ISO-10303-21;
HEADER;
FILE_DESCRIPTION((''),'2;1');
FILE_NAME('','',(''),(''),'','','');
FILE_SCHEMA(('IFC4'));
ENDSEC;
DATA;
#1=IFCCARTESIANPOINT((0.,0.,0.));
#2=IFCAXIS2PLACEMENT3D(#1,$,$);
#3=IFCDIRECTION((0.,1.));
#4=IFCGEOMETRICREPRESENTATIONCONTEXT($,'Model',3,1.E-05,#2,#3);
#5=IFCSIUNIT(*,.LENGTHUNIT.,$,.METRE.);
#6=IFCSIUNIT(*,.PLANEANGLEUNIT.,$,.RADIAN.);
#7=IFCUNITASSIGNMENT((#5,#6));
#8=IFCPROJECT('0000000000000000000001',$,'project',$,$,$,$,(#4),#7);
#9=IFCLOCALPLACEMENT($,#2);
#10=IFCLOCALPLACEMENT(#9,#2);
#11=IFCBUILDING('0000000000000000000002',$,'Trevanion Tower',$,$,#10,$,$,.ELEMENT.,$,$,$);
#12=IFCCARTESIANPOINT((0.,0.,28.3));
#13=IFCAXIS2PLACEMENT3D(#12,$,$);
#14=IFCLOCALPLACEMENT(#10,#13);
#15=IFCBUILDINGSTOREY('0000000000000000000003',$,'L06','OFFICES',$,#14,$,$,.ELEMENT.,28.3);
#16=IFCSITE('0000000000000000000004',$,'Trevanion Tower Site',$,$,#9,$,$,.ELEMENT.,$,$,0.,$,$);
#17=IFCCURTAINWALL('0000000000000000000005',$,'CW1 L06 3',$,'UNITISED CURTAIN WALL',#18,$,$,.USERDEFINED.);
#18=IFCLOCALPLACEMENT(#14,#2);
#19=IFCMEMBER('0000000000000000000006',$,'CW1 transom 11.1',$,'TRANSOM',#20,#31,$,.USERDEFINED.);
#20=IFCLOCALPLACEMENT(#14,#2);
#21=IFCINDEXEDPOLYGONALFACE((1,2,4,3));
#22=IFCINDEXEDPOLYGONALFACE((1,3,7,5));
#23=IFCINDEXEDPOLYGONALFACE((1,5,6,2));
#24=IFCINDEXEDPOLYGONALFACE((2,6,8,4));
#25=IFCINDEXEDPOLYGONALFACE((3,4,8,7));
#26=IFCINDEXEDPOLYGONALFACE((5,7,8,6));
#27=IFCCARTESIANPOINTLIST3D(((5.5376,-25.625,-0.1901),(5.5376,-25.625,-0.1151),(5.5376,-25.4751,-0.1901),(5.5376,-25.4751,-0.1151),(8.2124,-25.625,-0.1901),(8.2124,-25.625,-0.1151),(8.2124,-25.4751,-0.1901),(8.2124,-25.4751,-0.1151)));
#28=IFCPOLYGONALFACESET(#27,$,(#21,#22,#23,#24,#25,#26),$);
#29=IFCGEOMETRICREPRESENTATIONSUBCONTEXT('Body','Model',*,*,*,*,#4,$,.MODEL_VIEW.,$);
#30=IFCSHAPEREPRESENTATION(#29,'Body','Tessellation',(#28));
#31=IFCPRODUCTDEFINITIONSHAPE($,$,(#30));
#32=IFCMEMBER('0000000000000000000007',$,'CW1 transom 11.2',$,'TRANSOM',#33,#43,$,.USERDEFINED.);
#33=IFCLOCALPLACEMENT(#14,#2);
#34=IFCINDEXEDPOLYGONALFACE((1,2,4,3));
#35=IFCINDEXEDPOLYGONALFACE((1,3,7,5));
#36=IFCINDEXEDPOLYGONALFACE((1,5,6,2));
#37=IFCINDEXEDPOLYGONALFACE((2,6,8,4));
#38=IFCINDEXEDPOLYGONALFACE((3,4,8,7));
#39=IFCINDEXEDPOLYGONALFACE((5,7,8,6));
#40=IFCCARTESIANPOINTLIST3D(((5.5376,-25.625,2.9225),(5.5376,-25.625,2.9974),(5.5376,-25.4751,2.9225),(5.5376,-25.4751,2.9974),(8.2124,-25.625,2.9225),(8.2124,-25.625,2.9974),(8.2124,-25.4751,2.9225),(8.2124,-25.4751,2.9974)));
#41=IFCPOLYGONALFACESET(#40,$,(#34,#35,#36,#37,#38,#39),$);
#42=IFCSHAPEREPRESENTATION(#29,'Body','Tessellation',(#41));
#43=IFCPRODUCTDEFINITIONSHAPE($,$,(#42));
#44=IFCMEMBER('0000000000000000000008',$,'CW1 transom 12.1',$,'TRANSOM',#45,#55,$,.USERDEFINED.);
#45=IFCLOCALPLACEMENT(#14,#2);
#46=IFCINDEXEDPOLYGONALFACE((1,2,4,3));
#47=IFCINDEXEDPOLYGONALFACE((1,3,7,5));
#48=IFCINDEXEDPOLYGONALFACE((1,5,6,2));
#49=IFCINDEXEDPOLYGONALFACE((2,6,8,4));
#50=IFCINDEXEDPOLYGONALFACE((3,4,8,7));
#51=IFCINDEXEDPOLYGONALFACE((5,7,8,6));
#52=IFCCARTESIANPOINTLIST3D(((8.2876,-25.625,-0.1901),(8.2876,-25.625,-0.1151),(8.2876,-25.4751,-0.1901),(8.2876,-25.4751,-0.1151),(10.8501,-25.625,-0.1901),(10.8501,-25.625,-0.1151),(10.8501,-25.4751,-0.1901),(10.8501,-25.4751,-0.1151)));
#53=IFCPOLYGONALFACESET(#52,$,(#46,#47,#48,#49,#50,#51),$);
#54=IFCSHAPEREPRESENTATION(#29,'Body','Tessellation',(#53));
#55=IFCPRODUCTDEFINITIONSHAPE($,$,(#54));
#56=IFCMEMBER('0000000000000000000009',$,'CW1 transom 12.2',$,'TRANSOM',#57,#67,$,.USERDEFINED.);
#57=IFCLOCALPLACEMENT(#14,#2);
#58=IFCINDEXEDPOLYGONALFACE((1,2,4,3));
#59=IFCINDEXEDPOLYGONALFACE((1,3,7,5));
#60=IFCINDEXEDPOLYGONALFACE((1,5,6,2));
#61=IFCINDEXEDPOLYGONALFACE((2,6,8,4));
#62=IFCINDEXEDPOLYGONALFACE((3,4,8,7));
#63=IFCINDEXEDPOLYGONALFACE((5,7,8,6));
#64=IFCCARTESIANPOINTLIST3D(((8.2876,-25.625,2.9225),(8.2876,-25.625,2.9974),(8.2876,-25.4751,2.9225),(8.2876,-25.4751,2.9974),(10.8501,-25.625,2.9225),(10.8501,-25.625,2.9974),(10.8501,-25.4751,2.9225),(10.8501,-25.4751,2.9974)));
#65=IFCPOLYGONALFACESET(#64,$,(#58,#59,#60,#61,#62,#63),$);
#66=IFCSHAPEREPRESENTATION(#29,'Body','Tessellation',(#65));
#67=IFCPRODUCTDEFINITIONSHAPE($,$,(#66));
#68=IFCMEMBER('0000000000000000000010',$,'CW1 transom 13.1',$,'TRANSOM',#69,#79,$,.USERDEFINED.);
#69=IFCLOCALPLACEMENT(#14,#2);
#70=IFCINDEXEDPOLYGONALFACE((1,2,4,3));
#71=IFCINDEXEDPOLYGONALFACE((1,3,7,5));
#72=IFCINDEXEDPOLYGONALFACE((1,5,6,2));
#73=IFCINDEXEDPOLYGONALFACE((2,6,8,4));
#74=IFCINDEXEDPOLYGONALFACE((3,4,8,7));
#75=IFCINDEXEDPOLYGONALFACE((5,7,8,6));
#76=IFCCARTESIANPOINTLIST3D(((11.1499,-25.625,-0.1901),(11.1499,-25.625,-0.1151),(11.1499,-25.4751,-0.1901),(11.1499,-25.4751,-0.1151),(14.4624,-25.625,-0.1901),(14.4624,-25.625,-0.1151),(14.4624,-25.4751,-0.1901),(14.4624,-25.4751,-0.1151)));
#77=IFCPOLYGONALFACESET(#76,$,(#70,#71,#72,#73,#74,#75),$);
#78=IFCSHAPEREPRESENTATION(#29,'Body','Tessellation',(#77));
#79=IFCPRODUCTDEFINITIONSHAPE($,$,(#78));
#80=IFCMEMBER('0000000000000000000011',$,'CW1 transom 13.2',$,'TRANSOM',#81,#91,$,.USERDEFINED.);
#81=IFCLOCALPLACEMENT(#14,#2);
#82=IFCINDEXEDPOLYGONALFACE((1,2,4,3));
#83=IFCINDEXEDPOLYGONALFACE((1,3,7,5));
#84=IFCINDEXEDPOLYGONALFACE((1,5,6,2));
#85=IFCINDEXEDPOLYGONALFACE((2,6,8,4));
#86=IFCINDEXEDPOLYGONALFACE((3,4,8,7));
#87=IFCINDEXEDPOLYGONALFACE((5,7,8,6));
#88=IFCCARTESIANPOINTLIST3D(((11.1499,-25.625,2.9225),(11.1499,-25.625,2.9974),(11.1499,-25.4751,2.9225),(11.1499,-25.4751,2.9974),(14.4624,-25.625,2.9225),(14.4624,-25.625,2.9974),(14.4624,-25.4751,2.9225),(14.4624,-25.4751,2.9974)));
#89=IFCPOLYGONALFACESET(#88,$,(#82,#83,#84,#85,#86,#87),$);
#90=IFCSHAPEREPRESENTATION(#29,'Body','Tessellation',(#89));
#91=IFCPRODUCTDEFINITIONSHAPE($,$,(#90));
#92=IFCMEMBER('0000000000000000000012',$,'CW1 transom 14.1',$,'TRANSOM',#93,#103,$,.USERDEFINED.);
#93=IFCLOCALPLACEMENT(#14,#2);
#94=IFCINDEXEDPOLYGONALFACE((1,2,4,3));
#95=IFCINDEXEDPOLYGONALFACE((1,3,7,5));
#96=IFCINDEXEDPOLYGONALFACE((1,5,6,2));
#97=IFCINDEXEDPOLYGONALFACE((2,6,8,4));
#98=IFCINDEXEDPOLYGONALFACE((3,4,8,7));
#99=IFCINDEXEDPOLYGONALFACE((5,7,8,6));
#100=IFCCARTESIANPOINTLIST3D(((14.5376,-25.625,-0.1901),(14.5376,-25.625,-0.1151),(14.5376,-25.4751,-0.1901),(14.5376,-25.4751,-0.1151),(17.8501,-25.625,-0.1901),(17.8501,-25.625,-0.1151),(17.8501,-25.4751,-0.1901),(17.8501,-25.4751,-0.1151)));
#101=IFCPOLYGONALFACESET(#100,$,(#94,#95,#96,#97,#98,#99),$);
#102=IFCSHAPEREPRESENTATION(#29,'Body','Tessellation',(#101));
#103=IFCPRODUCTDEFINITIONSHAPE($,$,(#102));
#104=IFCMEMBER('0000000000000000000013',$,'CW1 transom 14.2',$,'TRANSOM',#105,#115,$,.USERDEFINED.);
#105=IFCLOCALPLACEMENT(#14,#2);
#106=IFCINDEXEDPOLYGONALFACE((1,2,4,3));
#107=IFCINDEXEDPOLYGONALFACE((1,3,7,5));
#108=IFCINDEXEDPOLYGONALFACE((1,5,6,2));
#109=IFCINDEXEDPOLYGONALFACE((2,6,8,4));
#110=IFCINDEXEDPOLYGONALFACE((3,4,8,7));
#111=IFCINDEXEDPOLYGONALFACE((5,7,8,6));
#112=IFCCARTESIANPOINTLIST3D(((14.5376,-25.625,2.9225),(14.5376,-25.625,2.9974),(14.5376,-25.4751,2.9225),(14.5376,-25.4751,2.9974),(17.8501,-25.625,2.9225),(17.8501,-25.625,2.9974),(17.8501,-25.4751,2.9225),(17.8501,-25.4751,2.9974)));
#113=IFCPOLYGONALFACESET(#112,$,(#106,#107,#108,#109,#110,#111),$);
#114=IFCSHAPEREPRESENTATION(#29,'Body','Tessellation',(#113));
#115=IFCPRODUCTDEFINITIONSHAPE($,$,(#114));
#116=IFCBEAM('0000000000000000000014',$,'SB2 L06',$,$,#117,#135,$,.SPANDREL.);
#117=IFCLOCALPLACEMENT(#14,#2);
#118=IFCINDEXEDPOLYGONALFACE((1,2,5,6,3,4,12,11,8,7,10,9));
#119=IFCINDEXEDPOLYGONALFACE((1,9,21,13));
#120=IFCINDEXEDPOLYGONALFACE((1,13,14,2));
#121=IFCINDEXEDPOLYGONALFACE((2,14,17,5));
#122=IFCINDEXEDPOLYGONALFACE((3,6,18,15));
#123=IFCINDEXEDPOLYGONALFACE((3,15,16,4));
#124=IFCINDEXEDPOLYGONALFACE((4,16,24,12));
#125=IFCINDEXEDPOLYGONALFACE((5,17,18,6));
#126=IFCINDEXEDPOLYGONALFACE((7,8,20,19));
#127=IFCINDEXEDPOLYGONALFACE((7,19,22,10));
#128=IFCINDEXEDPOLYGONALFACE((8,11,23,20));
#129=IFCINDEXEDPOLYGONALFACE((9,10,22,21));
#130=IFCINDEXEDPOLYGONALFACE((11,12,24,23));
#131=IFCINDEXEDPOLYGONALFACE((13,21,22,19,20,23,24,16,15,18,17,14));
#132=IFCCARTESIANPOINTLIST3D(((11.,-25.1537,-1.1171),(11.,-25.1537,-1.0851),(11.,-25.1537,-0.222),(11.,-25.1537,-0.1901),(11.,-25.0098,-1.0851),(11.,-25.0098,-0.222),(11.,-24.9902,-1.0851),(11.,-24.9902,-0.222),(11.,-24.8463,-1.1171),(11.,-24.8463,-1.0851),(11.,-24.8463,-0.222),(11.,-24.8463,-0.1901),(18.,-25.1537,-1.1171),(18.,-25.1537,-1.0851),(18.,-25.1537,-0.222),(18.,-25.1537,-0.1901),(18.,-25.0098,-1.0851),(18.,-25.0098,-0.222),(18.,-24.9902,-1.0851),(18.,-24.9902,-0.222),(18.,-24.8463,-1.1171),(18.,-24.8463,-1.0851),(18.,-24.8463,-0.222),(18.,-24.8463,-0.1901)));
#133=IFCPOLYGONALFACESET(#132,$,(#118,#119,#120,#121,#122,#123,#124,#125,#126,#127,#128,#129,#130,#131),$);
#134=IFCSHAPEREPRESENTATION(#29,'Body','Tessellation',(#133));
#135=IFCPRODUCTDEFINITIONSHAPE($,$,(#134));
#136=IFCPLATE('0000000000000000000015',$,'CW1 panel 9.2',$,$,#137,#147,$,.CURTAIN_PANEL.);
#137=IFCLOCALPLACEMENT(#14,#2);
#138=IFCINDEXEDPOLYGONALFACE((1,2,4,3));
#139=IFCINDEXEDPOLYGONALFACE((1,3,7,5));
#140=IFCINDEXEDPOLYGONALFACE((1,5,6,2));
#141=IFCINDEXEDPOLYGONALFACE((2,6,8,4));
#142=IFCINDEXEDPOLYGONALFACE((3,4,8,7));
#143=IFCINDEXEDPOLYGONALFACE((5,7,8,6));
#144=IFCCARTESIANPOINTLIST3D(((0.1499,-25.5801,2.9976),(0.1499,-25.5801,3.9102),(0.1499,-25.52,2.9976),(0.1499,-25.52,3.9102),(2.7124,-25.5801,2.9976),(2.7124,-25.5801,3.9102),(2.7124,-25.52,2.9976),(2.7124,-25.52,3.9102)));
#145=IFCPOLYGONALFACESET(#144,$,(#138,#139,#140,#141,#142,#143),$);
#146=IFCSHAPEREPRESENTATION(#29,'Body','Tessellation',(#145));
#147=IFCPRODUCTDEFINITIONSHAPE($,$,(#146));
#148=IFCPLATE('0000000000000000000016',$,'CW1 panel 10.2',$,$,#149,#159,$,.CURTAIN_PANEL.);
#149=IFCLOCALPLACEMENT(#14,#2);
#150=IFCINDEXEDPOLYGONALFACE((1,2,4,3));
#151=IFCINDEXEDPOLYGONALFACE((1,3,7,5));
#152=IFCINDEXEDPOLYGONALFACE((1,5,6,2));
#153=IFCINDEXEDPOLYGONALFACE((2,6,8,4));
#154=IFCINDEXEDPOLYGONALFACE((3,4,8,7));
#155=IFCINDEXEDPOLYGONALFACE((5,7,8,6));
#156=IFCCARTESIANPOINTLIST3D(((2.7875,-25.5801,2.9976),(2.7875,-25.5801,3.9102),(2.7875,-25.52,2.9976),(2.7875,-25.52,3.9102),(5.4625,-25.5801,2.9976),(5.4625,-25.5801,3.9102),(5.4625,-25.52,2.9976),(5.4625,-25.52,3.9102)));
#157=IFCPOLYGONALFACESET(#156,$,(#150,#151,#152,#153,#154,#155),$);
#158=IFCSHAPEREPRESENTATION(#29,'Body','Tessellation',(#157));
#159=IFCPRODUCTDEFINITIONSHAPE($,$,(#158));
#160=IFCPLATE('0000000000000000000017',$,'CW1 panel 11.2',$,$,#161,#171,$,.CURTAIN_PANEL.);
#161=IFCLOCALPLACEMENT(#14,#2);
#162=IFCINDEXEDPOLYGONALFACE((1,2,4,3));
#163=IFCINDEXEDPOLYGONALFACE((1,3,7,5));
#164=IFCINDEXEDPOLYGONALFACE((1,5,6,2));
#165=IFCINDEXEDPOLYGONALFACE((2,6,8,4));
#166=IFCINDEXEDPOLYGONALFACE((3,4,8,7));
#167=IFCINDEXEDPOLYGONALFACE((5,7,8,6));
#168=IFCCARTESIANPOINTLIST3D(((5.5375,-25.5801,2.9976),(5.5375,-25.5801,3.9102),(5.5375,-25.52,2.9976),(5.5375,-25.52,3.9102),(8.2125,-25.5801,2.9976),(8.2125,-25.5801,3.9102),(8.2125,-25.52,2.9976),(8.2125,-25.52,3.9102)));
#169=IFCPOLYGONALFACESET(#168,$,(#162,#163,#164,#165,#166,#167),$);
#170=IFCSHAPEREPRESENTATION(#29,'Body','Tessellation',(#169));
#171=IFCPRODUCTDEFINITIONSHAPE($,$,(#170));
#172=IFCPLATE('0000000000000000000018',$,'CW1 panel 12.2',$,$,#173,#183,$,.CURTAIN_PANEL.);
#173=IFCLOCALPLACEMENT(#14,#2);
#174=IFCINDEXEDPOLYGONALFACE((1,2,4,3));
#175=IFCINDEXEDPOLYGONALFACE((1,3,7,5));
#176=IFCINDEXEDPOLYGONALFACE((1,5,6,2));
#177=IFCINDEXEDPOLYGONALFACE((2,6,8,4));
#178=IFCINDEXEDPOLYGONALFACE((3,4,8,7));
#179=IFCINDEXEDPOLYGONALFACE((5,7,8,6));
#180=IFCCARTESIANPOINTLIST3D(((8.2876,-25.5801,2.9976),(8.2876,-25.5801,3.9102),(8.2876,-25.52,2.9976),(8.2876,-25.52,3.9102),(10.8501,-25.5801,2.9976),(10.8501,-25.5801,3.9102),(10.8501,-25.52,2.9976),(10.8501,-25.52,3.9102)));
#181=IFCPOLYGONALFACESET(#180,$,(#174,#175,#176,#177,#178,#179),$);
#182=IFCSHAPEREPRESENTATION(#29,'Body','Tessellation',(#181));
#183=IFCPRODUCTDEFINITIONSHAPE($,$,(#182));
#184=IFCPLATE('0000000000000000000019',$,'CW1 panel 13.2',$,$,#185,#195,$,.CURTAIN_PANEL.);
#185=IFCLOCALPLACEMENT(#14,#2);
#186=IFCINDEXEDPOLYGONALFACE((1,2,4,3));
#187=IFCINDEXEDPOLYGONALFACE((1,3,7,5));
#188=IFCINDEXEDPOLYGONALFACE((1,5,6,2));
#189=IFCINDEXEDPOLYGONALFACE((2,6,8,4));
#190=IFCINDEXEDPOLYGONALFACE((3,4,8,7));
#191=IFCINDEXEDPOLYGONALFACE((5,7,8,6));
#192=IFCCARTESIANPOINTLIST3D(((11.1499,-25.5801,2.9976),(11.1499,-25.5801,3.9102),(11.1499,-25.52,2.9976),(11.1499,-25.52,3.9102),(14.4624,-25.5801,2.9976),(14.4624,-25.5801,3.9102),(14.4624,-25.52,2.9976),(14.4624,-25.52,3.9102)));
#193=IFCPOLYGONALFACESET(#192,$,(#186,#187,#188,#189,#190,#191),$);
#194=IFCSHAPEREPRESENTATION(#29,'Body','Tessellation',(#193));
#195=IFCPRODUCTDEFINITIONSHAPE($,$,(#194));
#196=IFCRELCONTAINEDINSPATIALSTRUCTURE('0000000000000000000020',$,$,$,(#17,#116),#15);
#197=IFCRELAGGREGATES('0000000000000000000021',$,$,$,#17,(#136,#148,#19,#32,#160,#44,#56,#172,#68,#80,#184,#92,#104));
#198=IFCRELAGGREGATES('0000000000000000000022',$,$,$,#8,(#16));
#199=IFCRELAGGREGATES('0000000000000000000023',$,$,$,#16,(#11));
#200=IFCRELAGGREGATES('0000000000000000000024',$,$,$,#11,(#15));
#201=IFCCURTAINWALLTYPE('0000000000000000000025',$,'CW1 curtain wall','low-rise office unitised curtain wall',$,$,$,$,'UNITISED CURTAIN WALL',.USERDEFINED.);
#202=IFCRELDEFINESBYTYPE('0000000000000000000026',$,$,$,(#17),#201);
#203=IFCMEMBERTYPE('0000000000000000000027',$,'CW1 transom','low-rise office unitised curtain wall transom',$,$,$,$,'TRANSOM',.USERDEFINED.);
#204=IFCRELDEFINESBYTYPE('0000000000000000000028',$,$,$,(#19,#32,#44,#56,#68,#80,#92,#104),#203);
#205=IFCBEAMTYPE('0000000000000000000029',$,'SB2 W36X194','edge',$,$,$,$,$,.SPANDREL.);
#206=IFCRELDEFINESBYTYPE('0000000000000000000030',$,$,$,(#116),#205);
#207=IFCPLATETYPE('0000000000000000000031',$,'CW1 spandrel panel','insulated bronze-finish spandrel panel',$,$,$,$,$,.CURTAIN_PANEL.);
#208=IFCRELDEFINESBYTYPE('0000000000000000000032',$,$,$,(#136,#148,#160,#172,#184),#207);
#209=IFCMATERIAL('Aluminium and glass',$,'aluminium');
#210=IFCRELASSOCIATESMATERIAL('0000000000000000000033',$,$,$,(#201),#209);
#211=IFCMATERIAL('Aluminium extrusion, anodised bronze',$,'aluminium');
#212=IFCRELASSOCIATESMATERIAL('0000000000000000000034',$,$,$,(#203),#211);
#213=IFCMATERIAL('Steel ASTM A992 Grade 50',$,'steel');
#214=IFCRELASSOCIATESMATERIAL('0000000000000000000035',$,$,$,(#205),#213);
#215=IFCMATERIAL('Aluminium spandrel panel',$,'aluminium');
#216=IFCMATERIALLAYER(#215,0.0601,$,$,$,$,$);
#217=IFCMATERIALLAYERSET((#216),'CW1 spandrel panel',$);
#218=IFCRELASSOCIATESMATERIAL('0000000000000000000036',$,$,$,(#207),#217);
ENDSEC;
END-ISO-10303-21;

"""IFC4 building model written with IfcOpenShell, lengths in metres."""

from ifc_helpers import new_model, si_unit, direction, frame, origin, origin_2d, place, context, subcontext, project, spatial, rectangle, i_section, extrude, material, layer, layer_set, material_profile, profile_set, type_object, element, aggregate, save


model = new_model("IFC4")

# Units and contexts
model_context = context("Model", 3, precision=1e-05, world=origin(), true_north=direction((0.0, 1.0)))
body_context = subcontext(model_context, "Body", "Model", "MODEL_VIEW")
ifc_project = project(units=[si_unit("LENGTHUNIT", "METRE"), si_unit("PLANEANGLEUNIT", "RADIAN")], contexts=[model_context])

# Site, building, storey
site_placement = place(None, origin())
site = spatial("IfcSite", under=ifc_project, at=site_placement, Name="Trevanion Tower Site", CompositionType="ELEMENT", RefElevation=0.0)
building_placement = place(site_placement, origin())
building = spatial("IfcBuilding", under=site, at=building_placement, Name="Trevanion Tower", CompositionType="ELEMENT")
storey_placement = place(building_placement, frame((0.0, 0.0, 28.3)))
storey = spatial("IfcBuildingStorey", under=building, at=storey_placement, Name="L06", Description="OFFICES", CompositionType="ELEMENT", Elevation=28.3)

# Curtain wall, members
ifc_material_1 = material(Name="Aluminium and glass", Category="aluminium")
curtain_wall_type = type_object("IfcCurtainWallType", Name="CW1 curtain wall", Description="low-rise office unitised curtain wall", ElementType="UNITISED CURTAIN WALL", PredefinedType="USERDEFINED", material=ifc_material_1)
curtain_wall_placement = place(storey_placement, origin())
curtain_wall = element("IfcCurtainWall", 1, at=curtain_wall_placement, inside=storey, type_object=curtain_wall_type, Name="CW1 L06 3", ObjectType="UNITISED CURTAIN WALL", PredefinedType="USERDEFINED")
ifc_material_2 = material(Name="Aluminium extrusion, anodised bronze", Category="aluminium")
ifc_material_profile_1 = material_profile(ifc_material_2, rectangle(XDim=0.1499, YDim=0.075, at=origin_2d()), Name="CW1 transom")
ifc_profile_set_1 = profile_set([ifc_material_profile_1], Name="Aluminium extrusion, anodised bronze")
member_type_1 = type_object("IfcMemberType", Name="CW1 transom", Description="low-rise office unitised curtain wall transom", ElementType="TRANSOM", PredefinedType="USERDEFINED", material=ifc_profile_set_1)
member_1_placement = place(storey_placement, frame((5.5376, -25.55, -0.1526), z_axis=(1.0, 0.0, 0.0), x_axis=(0.0, 1.0, 0.0)))
member_1 = element("IfcMember", 2, at=member_1_placement, type_object=member_type_1, Name="CW1 transom 11.1", ObjectType="TRANSOM", PredefinedType="USERDEFINED", context=body_context, shape_type="SweptSolid", body=[
    extrude(rectangle(XDim=0.1499, YDim=0.075, at=origin_2d()), origin(), (0.0, 0.0, 1.0), 2.6748),
])
member_2_placement = place(storey_placement, frame((5.5376, -25.55, 2.96), z_axis=(1.0, 0.0, 0.0), x_axis=(0.0, 1.0, 0.0)))
member_2 = element("IfcMember", 3, at=member_2_placement, type_object=member_type_1, Name="CW1 transom 11.2", ObjectType="TRANSOM", PredefinedType="USERDEFINED", context=body_context, shape_type="SweptSolid", body=[
    extrude(rectangle(XDim=0.1499, YDim=0.075, at=origin_2d()), origin(), (0.0, 0.0, 1.0), 2.6748),
])
member_3_placement = place(storey_placement, frame((8.2876, -25.55, -0.1526), z_axis=(1.0, 0.0, 0.0), x_axis=(0.0, 1.0, 0.0)))
member_3 = element("IfcMember", 4, at=member_3_placement, type_object=member_type_1, Name="CW1 transom 12.1", ObjectType="TRANSOM", PredefinedType="USERDEFINED", context=body_context, shape_type="SweptSolid", body=[
    extrude(rectangle(XDim=0.1499, YDim=0.075, at=origin_2d()), origin(), (0.0, 0.0, 1.0), 2.5625),
])
member_4_placement = place(storey_placement, frame((8.2876, -25.55, 2.96), z_axis=(1.0, 0.0, 0.0), x_axis=(0.0, 1.0, 0.0)))
member_4 = element("IfcMember", 5, at=member_4_placement, type_object=member_type_1, Name="CW1 transom 12.2", ObjectType="TRANSOM", PredefinedType="USERDEFINED", context=body_context, shape_type="SweptSolid", body=[
    extrude(rectangle(XDim=0.1499, YDim=0.075, at=origin_2d()), origin(), (0.0, 0.0, 1.0), 2.5625),
])
member_5_placement = place(storey_placement, frame((11.1499, -25.55, -0.1526), z_axis=(1.0, 0.0, 0.0), x_axis=(0.0, 1.0, 0.0)))
member_5 = element("IfcMember", 6, at=member_5_placement, type_object=member_type_1, Name="CW1 transom 13.1", ObjectType="TRANSOM", PredefinedType="USERDEFINED", context=body_context, shape_type="SweptSolid", body=[
    extrude(rectangle(XDim=0.1499, YDim=0.075, at=origin_2d()), origin(), (0.0, 0.0, 1.0), 3.3125),
])
member_6_placement = place(storey_placement, frame((11.1499, -25.55, 2.96), z_axis=(1.0, 0.0, 0.0), x_axis=(0.0, 1.0, 0.0)))
member_6 = element("IfcMember", 7, at=member_6_placement, type_object=member_type_1, Name="CW1 transom 13.2", ObjectType="TRANSOM", PredefinedType="USERDEFINED", context=body_context, shape_type="SweptSolid", body=[
    extrude(rectangle(XDim=0.1499, YDim=0.075, at=origin_2d()), origin(), (0.0, 0.0, 1.0), 3.3125),
])
member_7_placement = place(storey_placement, frame((14.5376, -25.55, -0.1526), z_axis=(1.0, 0.0, 0.0), x_axis=(0.0, 1.0, 0.0)))
member_7 = element("IfcMember", 8, at=member_7_placement, type_object=member_type_1, Name="CW1 transom 14.1", ObjectType="TRANSOM", PredefinedType="USERDEFINED", context=body_context, shape_type="SweptSolid", body=[
    extrude(rectangle(XDim=0.1499, YDim=0.075, at=origin_2d()), origin(), (0.0, 0.0, 1.0), 3.3125),
])
member_8_placement = place(storey_placement, frame((14.5376, -25.55, 2.96), z_axis=(1.0, 0.0, 0.0), x_axis=(0.0, 1.0, 0.0)))
member_8 = element("IfcMember", 9, at=member_8_placement, type_object=member_type_1, Name="CW1 transom 14.2", ObjectType="TRANSOM", PredefinedType="USERDEFINED", context=body_context, shape_type="SweptSolid", body=[
    extrude(rectangle(XDim=0.1499, YDim=0.075, at=origin_2d()), origin(), (0.0, 0.0, 1.0), 3.3125),
])

# Beam
ifc_material_3 = material(Name="Steel ASTM A992 Grade 50", Category="steel")
ifc_material_profile_2 = material_profile(ifc_material_3, i_section(OverallWidth=0.3074, OverallDepth=0.927, WebThickness=0.0195, FlangeThickness=0.032, at=origin_2d()), Name="W36X194")
ifc_profile_set_2 = profile_set([ifc_material_profile_2], Name="Steel ASTM A992 Grade 50")
beam_type_1 = type_object("IfcBeamType", Name="SB2 W36X194", Description="edge", PredefinedType="SPANDREL", material=ifc_profile_set_2)
beam_placement = place(storey_placement, frame((11.0, -25.0, -0.6536), z_axis=(1.0, 0.0, 0.0), x_axis=(0.0, 1.0, 0.0)))
element("IfcBeam", 10, at=beam_placement, inside=storey, type_object=beam_type_1, Name="SB2 L06", PredefinedType="SPANDREL", context=body_context, shape_type="SweptSolid", body=[
    extrude(i_section(OverallWidth=0.3074, OverallDepth=0.927, WebThickness=0.0195, FlangeThickness=0.032, at=origin_2d()), origin(), (0.0, 0.0, 1.0), 7.0),
])

# Plates
ifc_material_4 = material(Name="Aluminium spandrel panel", Category="aluminium")
ifc_layer_1 = layer(ifc_material_4, 0.0601)
ifc_layer_set_1 = layer_set([ifc_layer_1], Name="CW1 spandrel panel")
plate_type_1 = type_object("IfcPlateType", Name="CW1 spandrel panel", Description="insulated bronze-finish spandrel panel", PredefinedType="CURTAIN_PANEL", material=ifc_layer_set_1)
plate_1_placement = place(storey_placement, frame((1.4312, -25.55, 2.9976), z_axis=(0.0, 0.0, 1.0), x_axis=(1.0, 0.0, 0.0)))
plate_1 = element("IfcPlate", 11, at=plate_1_placement, type_object=plate_type_1, Name="CW1 panel 9.2", PredefinedType="CURTAIN_PANEL", context=body_context, shape_type="SweptSolid", body=[
    extrude(rectangle(XDim=2.5625, YDim=0.0601, at=origin_2d()), origin(), (0.0, 0.0, 1.0), 0.9126),
])
plate_2_placement = place(storey_placement, frame((4.125, -25.55, 2.9976), z_axis=(0.0, 0.0, 1.0), x_axis=(1.0, 0.0, 0.0)))
plate_2 = element("IfcPlate", 12, at=plate_2_placement, type_object=plate_type_1, Name="CW1 panel 10.2", PredefinedType="CURTAIN_PANEL", context=body_context, shape_type="SweptSolid", body=[
    extrude(rectangle(XDim=2.675, YDim=0.0601, at=origin_2d()), origin(), (0.0, 0.0, 1.0), 0.9126),
])
plate_3_placement = place(storey_placement, frame((6.875, -25.55, 2.9976), z_axis=(0.0, 0.0, 1.0), x_axis=(1.0, 0.0, 0.0)))
plate_3 = element("IfcPlate", 13, at=plate_3_placement, type_object=plate_type_1, Name="CW1 panel 11.2", PredefinedType="CURTAIN_PANEL", context=body_context, shape_type="SweptSolid", body=[
    extrude(rectangle(XDim=2.675, YDim=0.0601, at=origin_2d()), origin(), (0.0, 0.0, 1.0), 0.9126),
])
plate_4_placement = place(storey_placement, frame((9.5688, -25.55, 2.9976), z_axis=(0.0, 0.0, 1.0), x_axis=(1.0, 0.0, 0.0)))
plate_4 = element("IfcPlate", 14, at=plate_4_placement, type_object=plate_type_1, Name="CW1 panel 12.2", PredefinedType="CURTAIN_PANEL", context=body_context, shape_type="SweptSolid", body=[
    extrude(rectangle(XDim=2.5625, YDim=0.0601, at=origin_2d()), origin(), (0.0, 0.0, 1.0), 0.9126),
])
plate_5_placement = place(storey_placement, frame((12.8062, -25.55, 2.9976), z_axis=(0.0, 0.0, 1.0), x_axis=(1.0, 0.0, 0.0)))
plate_5 = element("IfcPlate", 15, at=plate_5_placement, type_object=plate_type_1, Name="CW1 panel 13.2", PredefinedType="CURTAIN_PANEL", context=body_context, shape_type="SweptSolid", body=[
    extrude(rectangle(XDim=3.3125, YDim=0.0601, at=origin_2d()), origin(), (0.0, 0.0, 1.0), 0.9126),
])
aggregate(curtain_wall, [plate_1, plate_2, member_1, member_2, plate_3, member_3, member_4, plate_4, member_5, member_6, plate_5, member_7, member_8])

save(model, "model.ifc")
